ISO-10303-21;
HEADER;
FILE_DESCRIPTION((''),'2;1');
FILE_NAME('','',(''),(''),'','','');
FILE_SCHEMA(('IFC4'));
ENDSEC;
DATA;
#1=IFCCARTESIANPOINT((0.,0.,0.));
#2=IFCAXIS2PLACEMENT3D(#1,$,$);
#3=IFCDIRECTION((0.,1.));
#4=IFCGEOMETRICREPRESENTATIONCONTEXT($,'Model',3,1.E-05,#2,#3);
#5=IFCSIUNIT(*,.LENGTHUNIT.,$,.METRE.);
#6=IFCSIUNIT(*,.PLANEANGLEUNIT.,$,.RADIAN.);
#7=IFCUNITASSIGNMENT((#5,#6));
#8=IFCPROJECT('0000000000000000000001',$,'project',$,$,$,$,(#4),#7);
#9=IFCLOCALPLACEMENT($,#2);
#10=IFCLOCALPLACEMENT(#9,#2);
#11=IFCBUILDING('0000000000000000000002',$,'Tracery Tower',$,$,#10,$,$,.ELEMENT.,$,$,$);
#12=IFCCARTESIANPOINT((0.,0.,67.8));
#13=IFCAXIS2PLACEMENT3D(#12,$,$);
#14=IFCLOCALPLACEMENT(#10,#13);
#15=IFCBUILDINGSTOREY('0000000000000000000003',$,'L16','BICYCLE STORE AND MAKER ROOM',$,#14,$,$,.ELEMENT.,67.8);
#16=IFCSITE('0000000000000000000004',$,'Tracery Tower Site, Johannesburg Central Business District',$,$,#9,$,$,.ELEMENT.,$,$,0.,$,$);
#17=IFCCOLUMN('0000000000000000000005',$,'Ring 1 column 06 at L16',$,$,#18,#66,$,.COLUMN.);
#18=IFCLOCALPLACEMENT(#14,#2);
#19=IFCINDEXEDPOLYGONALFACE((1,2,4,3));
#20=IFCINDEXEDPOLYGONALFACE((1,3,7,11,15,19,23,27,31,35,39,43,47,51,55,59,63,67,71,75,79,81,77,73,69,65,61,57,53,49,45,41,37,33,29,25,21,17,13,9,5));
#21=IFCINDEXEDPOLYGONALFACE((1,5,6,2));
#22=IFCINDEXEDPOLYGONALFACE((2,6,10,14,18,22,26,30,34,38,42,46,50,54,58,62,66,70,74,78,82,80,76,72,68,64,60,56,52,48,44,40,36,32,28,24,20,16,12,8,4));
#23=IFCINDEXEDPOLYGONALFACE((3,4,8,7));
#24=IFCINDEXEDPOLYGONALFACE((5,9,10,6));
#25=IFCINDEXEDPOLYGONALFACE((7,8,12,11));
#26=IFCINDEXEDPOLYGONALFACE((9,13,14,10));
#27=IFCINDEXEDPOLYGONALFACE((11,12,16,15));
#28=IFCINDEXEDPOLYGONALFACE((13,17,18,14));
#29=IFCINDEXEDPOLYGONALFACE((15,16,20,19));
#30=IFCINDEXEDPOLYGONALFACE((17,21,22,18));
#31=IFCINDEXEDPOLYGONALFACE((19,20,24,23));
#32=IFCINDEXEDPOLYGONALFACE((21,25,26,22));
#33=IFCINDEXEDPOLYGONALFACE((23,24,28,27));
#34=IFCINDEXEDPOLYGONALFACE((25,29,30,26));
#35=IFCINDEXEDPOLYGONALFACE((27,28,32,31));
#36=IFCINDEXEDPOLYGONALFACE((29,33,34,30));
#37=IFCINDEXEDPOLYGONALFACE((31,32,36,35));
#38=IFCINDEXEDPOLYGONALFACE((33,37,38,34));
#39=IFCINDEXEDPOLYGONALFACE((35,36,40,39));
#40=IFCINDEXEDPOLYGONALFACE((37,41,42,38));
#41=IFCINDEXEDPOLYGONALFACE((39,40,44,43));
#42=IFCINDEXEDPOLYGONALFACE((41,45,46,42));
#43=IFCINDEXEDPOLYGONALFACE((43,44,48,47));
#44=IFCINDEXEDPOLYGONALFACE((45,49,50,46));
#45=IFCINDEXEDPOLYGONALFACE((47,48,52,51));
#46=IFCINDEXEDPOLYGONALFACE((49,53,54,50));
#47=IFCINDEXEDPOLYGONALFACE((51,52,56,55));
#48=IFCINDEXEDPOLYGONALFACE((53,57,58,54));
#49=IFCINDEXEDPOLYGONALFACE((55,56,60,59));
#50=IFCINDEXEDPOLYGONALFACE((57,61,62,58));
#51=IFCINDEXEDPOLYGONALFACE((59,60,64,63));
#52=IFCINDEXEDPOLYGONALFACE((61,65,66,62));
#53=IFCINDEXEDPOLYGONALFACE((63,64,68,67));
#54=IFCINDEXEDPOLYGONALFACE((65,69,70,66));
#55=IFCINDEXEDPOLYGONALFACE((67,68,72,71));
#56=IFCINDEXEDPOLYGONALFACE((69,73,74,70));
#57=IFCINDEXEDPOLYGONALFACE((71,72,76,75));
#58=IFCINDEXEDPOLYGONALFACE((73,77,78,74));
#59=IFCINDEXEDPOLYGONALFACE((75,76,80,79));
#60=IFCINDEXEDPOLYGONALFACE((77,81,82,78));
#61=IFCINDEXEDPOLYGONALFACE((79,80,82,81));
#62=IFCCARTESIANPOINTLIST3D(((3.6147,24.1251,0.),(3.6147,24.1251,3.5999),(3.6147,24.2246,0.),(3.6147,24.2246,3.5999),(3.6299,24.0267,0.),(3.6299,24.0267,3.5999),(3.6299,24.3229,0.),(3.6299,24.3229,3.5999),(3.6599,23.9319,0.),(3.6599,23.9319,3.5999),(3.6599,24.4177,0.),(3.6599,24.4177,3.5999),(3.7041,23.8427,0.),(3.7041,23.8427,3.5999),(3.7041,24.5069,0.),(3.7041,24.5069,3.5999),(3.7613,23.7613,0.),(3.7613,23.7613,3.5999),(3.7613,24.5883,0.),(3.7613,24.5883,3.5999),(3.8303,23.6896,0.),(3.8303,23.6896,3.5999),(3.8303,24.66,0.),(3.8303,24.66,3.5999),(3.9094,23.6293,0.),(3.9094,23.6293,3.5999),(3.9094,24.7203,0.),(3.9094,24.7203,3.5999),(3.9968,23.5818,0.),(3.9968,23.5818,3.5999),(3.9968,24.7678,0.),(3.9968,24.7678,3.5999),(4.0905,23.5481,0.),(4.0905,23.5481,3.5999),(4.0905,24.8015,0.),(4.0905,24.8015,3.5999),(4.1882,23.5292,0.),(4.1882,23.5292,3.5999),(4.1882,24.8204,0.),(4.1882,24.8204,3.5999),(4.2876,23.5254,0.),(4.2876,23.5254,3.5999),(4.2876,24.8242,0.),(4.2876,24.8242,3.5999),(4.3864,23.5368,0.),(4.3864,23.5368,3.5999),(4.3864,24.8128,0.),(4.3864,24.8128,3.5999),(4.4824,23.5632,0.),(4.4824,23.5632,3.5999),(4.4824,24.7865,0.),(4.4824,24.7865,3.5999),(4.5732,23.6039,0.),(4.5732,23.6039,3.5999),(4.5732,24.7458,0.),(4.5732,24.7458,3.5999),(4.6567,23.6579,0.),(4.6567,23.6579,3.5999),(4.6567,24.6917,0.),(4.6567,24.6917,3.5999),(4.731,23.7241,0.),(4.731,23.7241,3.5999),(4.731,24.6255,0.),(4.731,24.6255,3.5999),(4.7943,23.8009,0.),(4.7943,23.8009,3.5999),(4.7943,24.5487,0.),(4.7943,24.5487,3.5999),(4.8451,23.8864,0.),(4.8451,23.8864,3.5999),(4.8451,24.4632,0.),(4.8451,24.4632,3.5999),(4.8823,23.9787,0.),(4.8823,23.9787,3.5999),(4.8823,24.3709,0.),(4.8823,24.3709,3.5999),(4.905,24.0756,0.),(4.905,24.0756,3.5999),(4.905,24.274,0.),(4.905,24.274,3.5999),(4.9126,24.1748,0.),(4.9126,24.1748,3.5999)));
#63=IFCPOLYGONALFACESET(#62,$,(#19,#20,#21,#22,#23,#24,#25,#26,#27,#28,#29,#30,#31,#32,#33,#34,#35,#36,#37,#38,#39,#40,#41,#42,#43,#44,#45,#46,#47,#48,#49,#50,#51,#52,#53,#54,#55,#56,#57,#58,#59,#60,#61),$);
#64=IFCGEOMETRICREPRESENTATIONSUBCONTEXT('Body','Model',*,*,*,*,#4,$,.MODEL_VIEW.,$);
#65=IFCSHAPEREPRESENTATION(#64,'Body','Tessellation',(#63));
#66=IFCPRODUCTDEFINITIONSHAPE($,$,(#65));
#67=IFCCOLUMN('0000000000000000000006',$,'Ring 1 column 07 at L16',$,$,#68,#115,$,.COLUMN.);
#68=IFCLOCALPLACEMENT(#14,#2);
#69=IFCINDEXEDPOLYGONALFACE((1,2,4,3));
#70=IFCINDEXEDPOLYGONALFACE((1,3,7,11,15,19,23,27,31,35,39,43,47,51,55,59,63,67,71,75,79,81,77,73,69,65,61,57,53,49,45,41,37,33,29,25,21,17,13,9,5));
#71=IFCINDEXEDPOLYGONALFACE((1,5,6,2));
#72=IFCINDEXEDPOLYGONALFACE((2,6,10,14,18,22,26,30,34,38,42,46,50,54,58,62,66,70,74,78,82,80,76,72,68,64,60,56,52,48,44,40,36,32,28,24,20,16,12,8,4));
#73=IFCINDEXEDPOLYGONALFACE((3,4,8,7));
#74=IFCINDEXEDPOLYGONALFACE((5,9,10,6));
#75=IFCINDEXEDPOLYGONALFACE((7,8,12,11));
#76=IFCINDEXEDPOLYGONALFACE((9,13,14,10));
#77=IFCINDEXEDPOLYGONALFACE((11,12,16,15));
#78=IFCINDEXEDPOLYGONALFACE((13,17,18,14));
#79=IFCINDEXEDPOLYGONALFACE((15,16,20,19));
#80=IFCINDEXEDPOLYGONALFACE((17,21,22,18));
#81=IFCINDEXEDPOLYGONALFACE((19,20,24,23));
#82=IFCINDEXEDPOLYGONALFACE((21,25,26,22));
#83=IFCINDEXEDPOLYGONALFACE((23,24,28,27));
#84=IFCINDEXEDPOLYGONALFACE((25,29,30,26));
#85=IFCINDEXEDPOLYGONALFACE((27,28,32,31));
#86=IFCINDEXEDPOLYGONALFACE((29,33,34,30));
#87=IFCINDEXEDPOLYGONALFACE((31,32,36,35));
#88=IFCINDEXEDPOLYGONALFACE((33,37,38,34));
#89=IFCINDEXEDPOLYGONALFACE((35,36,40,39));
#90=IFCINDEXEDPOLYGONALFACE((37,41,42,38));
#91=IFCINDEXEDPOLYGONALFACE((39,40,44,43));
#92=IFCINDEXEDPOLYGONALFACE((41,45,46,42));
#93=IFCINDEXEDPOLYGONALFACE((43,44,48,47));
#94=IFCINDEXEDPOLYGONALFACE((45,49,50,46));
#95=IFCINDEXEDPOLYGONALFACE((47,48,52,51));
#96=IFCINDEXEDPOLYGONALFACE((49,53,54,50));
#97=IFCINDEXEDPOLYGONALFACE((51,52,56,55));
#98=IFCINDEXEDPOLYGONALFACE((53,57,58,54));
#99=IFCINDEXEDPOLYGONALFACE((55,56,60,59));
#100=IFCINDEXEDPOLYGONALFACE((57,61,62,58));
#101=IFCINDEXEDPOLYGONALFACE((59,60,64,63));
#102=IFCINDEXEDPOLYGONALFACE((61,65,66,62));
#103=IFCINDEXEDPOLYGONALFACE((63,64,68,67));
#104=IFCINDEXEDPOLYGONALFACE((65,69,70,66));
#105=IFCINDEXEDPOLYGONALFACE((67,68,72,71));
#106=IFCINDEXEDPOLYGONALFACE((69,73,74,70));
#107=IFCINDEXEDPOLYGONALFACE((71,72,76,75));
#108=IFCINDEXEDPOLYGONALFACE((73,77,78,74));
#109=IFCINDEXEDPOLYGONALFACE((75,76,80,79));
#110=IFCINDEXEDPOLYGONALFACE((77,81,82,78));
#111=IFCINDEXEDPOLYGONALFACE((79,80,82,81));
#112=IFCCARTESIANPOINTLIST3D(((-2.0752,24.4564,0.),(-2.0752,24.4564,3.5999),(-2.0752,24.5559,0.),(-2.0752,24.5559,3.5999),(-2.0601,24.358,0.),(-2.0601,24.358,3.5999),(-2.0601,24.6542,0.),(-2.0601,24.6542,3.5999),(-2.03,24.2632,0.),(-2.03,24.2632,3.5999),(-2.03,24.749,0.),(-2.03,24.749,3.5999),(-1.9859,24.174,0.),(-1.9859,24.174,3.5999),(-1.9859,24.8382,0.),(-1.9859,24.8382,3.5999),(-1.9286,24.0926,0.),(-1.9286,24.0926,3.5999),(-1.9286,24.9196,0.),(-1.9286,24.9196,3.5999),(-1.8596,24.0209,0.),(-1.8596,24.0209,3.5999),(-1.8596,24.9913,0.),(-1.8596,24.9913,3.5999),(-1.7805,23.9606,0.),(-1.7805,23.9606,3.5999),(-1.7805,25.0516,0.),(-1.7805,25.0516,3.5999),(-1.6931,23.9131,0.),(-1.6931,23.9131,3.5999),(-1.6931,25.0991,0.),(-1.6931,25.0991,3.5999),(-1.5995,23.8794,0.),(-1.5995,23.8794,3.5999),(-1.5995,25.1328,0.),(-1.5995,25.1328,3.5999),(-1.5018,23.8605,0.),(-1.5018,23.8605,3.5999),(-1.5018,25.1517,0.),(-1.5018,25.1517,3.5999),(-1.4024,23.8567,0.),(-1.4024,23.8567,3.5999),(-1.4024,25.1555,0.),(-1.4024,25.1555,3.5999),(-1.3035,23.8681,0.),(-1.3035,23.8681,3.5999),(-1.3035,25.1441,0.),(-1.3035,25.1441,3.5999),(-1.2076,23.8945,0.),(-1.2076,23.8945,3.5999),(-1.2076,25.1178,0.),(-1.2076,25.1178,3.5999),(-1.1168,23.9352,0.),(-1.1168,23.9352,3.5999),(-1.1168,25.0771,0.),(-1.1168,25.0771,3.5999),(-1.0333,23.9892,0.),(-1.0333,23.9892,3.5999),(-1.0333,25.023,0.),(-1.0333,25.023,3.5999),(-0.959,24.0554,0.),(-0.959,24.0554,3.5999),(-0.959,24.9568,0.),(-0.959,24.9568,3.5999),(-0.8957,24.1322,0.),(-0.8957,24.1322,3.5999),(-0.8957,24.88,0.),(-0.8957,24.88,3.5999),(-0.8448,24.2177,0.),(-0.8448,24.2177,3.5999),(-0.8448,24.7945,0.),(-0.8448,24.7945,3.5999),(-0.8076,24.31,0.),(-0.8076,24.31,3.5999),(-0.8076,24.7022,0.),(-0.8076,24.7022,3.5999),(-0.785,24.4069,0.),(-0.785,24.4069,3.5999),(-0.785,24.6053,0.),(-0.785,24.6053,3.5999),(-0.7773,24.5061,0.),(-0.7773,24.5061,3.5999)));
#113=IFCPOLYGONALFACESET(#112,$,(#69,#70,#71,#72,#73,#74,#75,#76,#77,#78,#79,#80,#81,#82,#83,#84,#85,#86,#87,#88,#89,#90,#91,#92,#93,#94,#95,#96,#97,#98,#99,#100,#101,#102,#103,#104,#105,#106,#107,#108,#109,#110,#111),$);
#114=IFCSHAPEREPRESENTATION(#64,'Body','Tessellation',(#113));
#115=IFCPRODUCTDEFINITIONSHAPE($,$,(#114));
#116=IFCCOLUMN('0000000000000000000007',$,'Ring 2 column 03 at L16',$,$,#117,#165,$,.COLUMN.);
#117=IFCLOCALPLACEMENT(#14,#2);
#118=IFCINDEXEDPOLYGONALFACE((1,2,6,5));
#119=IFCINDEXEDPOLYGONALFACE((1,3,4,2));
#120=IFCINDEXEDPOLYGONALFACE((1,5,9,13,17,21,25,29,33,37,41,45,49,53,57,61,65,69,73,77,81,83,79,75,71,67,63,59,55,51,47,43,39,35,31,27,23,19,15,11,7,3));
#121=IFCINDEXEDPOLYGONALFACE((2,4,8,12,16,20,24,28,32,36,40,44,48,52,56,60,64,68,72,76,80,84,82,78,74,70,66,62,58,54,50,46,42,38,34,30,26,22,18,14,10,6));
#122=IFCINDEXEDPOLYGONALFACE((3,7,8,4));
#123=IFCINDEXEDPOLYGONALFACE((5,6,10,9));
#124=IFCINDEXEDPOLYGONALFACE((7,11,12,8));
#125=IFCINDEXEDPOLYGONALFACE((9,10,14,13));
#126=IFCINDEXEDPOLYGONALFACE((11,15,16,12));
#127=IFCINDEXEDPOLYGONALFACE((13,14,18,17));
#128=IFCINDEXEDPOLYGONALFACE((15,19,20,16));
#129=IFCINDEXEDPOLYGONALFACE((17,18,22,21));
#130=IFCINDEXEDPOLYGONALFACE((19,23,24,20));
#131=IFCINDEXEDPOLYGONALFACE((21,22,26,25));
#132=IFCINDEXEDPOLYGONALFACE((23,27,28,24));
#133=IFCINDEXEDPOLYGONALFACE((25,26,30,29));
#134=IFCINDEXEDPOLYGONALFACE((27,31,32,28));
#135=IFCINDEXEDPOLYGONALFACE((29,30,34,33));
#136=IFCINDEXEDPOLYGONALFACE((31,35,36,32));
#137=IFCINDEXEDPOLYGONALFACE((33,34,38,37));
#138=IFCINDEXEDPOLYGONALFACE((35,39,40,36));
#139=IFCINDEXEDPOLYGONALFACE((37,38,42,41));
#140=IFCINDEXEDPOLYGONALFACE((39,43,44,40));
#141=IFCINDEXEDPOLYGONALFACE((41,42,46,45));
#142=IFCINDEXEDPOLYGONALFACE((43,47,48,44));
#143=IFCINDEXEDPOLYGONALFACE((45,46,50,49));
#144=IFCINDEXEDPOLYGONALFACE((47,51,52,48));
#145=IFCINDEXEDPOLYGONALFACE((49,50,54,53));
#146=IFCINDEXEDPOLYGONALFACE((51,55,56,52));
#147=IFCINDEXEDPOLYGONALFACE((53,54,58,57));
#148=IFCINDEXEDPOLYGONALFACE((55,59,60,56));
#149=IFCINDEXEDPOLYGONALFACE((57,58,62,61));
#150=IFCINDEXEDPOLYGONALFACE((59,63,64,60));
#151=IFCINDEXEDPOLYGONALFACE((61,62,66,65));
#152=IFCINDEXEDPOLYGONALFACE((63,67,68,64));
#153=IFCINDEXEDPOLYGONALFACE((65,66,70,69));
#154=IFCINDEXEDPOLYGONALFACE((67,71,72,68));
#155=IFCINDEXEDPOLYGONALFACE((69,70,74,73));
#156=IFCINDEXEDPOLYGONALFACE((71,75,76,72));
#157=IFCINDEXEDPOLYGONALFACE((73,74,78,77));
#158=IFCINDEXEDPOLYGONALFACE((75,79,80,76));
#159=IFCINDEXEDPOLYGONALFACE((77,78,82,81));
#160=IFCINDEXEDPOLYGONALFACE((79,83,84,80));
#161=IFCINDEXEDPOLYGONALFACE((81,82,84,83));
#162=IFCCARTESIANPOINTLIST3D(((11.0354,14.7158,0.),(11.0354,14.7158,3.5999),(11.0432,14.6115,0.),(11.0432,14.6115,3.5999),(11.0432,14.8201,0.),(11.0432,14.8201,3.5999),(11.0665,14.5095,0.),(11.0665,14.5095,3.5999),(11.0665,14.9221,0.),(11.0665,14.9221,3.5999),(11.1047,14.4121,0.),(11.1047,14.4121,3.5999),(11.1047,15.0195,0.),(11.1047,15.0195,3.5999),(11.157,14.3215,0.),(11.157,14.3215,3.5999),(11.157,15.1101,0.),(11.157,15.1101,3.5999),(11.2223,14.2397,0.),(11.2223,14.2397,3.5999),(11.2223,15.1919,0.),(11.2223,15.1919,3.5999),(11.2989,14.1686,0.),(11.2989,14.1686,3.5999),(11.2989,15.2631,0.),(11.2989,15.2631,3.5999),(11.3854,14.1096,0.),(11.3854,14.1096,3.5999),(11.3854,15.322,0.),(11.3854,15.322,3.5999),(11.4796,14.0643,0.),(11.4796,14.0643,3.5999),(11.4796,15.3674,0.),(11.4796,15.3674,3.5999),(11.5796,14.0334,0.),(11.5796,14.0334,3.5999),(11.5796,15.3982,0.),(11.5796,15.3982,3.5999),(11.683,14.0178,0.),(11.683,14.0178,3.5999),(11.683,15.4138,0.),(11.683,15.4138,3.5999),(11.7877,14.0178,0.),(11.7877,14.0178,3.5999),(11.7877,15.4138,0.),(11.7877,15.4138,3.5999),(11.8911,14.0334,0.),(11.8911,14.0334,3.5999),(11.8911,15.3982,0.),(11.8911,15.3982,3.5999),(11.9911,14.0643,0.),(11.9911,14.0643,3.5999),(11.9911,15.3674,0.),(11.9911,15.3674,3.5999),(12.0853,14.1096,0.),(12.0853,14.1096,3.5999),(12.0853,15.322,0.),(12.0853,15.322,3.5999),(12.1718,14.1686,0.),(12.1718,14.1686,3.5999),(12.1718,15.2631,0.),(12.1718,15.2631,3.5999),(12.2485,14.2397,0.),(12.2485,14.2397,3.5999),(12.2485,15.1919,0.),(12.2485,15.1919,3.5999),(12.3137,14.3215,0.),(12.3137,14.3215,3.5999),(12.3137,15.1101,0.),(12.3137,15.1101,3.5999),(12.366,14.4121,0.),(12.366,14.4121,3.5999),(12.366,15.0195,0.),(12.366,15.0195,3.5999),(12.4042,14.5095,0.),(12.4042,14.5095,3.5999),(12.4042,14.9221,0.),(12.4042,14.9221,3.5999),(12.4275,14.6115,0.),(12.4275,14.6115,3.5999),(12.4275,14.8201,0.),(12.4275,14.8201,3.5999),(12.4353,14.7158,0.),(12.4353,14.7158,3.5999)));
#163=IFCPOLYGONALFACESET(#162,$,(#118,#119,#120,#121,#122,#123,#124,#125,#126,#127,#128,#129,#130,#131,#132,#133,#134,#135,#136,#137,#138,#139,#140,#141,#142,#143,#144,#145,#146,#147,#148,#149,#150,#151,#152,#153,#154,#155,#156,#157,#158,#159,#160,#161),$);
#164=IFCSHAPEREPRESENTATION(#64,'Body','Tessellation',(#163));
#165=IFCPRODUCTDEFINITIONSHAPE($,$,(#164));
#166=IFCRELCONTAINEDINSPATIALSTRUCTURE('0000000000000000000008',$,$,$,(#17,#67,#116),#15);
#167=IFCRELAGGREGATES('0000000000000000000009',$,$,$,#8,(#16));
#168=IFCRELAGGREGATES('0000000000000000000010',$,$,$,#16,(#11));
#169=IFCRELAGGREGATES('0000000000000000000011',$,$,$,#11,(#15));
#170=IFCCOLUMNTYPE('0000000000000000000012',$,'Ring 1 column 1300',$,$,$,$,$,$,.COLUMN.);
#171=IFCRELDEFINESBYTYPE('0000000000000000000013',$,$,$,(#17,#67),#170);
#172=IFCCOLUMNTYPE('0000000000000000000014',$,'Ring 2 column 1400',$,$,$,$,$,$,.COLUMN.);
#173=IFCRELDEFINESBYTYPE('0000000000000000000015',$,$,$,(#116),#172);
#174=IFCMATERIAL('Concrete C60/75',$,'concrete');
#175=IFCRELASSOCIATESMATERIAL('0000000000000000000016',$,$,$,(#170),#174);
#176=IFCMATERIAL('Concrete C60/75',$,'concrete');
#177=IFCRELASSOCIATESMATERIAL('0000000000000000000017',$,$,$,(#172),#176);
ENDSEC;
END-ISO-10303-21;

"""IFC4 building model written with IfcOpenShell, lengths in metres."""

from ifc_helpers import new_model, si_unit, direction, frame, origin, origin_2d, place, context, subcontext, project, spatial, circle, extrude, material, material_profile, profile_set, type_object, element, save


model = new_model("IFC4")

# Units and contexts
model_context = context("Model", 3, precision=1e-05, world=origin(), true_north=direction((0.0, 1.0)))
body_context = subcontext(model_context, "Body", "Model", "MODEL_VIEW")
ifc_project = project(units=[si_unit("LENGTHUNIT", "METRE"), si_unit("PLANEANGLEUNIT", "RADIAN")], contexts=[model_context])

# Site, building, storey
site_placement = place(None, origin())
site = spatial("IfcSite", under=ifc_project, at=site_placement, Name="Tracery Tower Site, Johannesburg Central Business District", CompositionType="ELEMENT", RefElevation=0.0)
building_placement = place(site_placement, origin())
building = spatial("IfcBuilding", under=site, at=building_placement, Name="Tracery Tower", CompositionType="ELEMENT")
storey_placement = place(building_placement, frame((0.0, 0.0, 67.8)))
storey = spatial("IfcBuildingStorey", under=building, at=storey_placement, Name="L16", Description="BICYCLE STORE AND MAKER ROOM", CompositionType="ELEMENT", Elevation=67.8)

# Columns
ifc_material_1 = material(Name="Concrete C60/75", Category="concrete")
ifc_material_profile_1 = material_profile(ifc_material_1, circle(Radius=0.6499, at=origin_2d()), Name="RC D1300")
ifc_profile_set_1 = profile_set([ifc_material_profile_1], Name="Concrete C60/75")
column_type_1 = type_object("IfcColumnType", Name="Ring 1 column 1300", PredefinedType="COLUMN", material=ifc_profile_set_1)
for number, where, z_axis, x_axis, name in (
    (1, (4.2627, 24.1748, 0.0), (0.0, 0.0, 1.0), (1.0, 0.0, 0.0), "Ring 1 column 06 at L16"),
    (2, (-1.4272, 24.5061, 0.0), (0.0, 0.0, 1.0), (1.0, 0.0, 0.0), "Ring 1 column 07 at L16"),
):
    element("IfcColumn", number, at=place(storey_placement, frame(where, z_axis=z_axis, x_axis=x_axis)), inside=storey, type_object=column_type_1, Name=name, PredefinedType="COLUMN", context=body_context, shape_type="SweptSolid", body=[
        extrude(circle(Radius=0.6499, at=origin_2d()), origin(), (0.0, 0.0, 1.0), 3.5999),
    ])
ifc_material_2 = material(Name="Concrete C60/75", Category="concrete")
ifc_material_profile_2 = material_profile(ifc_material_2, circle(Radius=0.7, at=origin_2d()), Name="RC D1400")
ifc_profile_set_2 = profile_set([ifc_material_profile_2], Name="Concrete C60/75")
column_type_2 = type_object("IfcColumnType", Name="Ring 2 column 1400", PredefinedType="COLUMN", material=ifc_profile_set_2)
for number, where, z_axis, x_axis, name in (
    (3, (11.7354, 14.7158, 0.0), (0.0, 0.0, 1.0), (1.0, 0.0, 0.0), "Ring 2 column 03 at L16"),
):
    element("IfcColumn", number, at=place(storey_placement, frame(where, z_axis=z_axis, x_axis=x_axis)), inside=storey, type_object=column_type_2, Name=name, PredefinedType="COLUMN", context=body_context, shape_type="SweptSolid", body=[
        extrude(circle(Radius=0.7, at=origin_2d()), origin(), (0.0, 0.0, 1.0), 3.5999),
    ])

save(model, "model.ifc")
